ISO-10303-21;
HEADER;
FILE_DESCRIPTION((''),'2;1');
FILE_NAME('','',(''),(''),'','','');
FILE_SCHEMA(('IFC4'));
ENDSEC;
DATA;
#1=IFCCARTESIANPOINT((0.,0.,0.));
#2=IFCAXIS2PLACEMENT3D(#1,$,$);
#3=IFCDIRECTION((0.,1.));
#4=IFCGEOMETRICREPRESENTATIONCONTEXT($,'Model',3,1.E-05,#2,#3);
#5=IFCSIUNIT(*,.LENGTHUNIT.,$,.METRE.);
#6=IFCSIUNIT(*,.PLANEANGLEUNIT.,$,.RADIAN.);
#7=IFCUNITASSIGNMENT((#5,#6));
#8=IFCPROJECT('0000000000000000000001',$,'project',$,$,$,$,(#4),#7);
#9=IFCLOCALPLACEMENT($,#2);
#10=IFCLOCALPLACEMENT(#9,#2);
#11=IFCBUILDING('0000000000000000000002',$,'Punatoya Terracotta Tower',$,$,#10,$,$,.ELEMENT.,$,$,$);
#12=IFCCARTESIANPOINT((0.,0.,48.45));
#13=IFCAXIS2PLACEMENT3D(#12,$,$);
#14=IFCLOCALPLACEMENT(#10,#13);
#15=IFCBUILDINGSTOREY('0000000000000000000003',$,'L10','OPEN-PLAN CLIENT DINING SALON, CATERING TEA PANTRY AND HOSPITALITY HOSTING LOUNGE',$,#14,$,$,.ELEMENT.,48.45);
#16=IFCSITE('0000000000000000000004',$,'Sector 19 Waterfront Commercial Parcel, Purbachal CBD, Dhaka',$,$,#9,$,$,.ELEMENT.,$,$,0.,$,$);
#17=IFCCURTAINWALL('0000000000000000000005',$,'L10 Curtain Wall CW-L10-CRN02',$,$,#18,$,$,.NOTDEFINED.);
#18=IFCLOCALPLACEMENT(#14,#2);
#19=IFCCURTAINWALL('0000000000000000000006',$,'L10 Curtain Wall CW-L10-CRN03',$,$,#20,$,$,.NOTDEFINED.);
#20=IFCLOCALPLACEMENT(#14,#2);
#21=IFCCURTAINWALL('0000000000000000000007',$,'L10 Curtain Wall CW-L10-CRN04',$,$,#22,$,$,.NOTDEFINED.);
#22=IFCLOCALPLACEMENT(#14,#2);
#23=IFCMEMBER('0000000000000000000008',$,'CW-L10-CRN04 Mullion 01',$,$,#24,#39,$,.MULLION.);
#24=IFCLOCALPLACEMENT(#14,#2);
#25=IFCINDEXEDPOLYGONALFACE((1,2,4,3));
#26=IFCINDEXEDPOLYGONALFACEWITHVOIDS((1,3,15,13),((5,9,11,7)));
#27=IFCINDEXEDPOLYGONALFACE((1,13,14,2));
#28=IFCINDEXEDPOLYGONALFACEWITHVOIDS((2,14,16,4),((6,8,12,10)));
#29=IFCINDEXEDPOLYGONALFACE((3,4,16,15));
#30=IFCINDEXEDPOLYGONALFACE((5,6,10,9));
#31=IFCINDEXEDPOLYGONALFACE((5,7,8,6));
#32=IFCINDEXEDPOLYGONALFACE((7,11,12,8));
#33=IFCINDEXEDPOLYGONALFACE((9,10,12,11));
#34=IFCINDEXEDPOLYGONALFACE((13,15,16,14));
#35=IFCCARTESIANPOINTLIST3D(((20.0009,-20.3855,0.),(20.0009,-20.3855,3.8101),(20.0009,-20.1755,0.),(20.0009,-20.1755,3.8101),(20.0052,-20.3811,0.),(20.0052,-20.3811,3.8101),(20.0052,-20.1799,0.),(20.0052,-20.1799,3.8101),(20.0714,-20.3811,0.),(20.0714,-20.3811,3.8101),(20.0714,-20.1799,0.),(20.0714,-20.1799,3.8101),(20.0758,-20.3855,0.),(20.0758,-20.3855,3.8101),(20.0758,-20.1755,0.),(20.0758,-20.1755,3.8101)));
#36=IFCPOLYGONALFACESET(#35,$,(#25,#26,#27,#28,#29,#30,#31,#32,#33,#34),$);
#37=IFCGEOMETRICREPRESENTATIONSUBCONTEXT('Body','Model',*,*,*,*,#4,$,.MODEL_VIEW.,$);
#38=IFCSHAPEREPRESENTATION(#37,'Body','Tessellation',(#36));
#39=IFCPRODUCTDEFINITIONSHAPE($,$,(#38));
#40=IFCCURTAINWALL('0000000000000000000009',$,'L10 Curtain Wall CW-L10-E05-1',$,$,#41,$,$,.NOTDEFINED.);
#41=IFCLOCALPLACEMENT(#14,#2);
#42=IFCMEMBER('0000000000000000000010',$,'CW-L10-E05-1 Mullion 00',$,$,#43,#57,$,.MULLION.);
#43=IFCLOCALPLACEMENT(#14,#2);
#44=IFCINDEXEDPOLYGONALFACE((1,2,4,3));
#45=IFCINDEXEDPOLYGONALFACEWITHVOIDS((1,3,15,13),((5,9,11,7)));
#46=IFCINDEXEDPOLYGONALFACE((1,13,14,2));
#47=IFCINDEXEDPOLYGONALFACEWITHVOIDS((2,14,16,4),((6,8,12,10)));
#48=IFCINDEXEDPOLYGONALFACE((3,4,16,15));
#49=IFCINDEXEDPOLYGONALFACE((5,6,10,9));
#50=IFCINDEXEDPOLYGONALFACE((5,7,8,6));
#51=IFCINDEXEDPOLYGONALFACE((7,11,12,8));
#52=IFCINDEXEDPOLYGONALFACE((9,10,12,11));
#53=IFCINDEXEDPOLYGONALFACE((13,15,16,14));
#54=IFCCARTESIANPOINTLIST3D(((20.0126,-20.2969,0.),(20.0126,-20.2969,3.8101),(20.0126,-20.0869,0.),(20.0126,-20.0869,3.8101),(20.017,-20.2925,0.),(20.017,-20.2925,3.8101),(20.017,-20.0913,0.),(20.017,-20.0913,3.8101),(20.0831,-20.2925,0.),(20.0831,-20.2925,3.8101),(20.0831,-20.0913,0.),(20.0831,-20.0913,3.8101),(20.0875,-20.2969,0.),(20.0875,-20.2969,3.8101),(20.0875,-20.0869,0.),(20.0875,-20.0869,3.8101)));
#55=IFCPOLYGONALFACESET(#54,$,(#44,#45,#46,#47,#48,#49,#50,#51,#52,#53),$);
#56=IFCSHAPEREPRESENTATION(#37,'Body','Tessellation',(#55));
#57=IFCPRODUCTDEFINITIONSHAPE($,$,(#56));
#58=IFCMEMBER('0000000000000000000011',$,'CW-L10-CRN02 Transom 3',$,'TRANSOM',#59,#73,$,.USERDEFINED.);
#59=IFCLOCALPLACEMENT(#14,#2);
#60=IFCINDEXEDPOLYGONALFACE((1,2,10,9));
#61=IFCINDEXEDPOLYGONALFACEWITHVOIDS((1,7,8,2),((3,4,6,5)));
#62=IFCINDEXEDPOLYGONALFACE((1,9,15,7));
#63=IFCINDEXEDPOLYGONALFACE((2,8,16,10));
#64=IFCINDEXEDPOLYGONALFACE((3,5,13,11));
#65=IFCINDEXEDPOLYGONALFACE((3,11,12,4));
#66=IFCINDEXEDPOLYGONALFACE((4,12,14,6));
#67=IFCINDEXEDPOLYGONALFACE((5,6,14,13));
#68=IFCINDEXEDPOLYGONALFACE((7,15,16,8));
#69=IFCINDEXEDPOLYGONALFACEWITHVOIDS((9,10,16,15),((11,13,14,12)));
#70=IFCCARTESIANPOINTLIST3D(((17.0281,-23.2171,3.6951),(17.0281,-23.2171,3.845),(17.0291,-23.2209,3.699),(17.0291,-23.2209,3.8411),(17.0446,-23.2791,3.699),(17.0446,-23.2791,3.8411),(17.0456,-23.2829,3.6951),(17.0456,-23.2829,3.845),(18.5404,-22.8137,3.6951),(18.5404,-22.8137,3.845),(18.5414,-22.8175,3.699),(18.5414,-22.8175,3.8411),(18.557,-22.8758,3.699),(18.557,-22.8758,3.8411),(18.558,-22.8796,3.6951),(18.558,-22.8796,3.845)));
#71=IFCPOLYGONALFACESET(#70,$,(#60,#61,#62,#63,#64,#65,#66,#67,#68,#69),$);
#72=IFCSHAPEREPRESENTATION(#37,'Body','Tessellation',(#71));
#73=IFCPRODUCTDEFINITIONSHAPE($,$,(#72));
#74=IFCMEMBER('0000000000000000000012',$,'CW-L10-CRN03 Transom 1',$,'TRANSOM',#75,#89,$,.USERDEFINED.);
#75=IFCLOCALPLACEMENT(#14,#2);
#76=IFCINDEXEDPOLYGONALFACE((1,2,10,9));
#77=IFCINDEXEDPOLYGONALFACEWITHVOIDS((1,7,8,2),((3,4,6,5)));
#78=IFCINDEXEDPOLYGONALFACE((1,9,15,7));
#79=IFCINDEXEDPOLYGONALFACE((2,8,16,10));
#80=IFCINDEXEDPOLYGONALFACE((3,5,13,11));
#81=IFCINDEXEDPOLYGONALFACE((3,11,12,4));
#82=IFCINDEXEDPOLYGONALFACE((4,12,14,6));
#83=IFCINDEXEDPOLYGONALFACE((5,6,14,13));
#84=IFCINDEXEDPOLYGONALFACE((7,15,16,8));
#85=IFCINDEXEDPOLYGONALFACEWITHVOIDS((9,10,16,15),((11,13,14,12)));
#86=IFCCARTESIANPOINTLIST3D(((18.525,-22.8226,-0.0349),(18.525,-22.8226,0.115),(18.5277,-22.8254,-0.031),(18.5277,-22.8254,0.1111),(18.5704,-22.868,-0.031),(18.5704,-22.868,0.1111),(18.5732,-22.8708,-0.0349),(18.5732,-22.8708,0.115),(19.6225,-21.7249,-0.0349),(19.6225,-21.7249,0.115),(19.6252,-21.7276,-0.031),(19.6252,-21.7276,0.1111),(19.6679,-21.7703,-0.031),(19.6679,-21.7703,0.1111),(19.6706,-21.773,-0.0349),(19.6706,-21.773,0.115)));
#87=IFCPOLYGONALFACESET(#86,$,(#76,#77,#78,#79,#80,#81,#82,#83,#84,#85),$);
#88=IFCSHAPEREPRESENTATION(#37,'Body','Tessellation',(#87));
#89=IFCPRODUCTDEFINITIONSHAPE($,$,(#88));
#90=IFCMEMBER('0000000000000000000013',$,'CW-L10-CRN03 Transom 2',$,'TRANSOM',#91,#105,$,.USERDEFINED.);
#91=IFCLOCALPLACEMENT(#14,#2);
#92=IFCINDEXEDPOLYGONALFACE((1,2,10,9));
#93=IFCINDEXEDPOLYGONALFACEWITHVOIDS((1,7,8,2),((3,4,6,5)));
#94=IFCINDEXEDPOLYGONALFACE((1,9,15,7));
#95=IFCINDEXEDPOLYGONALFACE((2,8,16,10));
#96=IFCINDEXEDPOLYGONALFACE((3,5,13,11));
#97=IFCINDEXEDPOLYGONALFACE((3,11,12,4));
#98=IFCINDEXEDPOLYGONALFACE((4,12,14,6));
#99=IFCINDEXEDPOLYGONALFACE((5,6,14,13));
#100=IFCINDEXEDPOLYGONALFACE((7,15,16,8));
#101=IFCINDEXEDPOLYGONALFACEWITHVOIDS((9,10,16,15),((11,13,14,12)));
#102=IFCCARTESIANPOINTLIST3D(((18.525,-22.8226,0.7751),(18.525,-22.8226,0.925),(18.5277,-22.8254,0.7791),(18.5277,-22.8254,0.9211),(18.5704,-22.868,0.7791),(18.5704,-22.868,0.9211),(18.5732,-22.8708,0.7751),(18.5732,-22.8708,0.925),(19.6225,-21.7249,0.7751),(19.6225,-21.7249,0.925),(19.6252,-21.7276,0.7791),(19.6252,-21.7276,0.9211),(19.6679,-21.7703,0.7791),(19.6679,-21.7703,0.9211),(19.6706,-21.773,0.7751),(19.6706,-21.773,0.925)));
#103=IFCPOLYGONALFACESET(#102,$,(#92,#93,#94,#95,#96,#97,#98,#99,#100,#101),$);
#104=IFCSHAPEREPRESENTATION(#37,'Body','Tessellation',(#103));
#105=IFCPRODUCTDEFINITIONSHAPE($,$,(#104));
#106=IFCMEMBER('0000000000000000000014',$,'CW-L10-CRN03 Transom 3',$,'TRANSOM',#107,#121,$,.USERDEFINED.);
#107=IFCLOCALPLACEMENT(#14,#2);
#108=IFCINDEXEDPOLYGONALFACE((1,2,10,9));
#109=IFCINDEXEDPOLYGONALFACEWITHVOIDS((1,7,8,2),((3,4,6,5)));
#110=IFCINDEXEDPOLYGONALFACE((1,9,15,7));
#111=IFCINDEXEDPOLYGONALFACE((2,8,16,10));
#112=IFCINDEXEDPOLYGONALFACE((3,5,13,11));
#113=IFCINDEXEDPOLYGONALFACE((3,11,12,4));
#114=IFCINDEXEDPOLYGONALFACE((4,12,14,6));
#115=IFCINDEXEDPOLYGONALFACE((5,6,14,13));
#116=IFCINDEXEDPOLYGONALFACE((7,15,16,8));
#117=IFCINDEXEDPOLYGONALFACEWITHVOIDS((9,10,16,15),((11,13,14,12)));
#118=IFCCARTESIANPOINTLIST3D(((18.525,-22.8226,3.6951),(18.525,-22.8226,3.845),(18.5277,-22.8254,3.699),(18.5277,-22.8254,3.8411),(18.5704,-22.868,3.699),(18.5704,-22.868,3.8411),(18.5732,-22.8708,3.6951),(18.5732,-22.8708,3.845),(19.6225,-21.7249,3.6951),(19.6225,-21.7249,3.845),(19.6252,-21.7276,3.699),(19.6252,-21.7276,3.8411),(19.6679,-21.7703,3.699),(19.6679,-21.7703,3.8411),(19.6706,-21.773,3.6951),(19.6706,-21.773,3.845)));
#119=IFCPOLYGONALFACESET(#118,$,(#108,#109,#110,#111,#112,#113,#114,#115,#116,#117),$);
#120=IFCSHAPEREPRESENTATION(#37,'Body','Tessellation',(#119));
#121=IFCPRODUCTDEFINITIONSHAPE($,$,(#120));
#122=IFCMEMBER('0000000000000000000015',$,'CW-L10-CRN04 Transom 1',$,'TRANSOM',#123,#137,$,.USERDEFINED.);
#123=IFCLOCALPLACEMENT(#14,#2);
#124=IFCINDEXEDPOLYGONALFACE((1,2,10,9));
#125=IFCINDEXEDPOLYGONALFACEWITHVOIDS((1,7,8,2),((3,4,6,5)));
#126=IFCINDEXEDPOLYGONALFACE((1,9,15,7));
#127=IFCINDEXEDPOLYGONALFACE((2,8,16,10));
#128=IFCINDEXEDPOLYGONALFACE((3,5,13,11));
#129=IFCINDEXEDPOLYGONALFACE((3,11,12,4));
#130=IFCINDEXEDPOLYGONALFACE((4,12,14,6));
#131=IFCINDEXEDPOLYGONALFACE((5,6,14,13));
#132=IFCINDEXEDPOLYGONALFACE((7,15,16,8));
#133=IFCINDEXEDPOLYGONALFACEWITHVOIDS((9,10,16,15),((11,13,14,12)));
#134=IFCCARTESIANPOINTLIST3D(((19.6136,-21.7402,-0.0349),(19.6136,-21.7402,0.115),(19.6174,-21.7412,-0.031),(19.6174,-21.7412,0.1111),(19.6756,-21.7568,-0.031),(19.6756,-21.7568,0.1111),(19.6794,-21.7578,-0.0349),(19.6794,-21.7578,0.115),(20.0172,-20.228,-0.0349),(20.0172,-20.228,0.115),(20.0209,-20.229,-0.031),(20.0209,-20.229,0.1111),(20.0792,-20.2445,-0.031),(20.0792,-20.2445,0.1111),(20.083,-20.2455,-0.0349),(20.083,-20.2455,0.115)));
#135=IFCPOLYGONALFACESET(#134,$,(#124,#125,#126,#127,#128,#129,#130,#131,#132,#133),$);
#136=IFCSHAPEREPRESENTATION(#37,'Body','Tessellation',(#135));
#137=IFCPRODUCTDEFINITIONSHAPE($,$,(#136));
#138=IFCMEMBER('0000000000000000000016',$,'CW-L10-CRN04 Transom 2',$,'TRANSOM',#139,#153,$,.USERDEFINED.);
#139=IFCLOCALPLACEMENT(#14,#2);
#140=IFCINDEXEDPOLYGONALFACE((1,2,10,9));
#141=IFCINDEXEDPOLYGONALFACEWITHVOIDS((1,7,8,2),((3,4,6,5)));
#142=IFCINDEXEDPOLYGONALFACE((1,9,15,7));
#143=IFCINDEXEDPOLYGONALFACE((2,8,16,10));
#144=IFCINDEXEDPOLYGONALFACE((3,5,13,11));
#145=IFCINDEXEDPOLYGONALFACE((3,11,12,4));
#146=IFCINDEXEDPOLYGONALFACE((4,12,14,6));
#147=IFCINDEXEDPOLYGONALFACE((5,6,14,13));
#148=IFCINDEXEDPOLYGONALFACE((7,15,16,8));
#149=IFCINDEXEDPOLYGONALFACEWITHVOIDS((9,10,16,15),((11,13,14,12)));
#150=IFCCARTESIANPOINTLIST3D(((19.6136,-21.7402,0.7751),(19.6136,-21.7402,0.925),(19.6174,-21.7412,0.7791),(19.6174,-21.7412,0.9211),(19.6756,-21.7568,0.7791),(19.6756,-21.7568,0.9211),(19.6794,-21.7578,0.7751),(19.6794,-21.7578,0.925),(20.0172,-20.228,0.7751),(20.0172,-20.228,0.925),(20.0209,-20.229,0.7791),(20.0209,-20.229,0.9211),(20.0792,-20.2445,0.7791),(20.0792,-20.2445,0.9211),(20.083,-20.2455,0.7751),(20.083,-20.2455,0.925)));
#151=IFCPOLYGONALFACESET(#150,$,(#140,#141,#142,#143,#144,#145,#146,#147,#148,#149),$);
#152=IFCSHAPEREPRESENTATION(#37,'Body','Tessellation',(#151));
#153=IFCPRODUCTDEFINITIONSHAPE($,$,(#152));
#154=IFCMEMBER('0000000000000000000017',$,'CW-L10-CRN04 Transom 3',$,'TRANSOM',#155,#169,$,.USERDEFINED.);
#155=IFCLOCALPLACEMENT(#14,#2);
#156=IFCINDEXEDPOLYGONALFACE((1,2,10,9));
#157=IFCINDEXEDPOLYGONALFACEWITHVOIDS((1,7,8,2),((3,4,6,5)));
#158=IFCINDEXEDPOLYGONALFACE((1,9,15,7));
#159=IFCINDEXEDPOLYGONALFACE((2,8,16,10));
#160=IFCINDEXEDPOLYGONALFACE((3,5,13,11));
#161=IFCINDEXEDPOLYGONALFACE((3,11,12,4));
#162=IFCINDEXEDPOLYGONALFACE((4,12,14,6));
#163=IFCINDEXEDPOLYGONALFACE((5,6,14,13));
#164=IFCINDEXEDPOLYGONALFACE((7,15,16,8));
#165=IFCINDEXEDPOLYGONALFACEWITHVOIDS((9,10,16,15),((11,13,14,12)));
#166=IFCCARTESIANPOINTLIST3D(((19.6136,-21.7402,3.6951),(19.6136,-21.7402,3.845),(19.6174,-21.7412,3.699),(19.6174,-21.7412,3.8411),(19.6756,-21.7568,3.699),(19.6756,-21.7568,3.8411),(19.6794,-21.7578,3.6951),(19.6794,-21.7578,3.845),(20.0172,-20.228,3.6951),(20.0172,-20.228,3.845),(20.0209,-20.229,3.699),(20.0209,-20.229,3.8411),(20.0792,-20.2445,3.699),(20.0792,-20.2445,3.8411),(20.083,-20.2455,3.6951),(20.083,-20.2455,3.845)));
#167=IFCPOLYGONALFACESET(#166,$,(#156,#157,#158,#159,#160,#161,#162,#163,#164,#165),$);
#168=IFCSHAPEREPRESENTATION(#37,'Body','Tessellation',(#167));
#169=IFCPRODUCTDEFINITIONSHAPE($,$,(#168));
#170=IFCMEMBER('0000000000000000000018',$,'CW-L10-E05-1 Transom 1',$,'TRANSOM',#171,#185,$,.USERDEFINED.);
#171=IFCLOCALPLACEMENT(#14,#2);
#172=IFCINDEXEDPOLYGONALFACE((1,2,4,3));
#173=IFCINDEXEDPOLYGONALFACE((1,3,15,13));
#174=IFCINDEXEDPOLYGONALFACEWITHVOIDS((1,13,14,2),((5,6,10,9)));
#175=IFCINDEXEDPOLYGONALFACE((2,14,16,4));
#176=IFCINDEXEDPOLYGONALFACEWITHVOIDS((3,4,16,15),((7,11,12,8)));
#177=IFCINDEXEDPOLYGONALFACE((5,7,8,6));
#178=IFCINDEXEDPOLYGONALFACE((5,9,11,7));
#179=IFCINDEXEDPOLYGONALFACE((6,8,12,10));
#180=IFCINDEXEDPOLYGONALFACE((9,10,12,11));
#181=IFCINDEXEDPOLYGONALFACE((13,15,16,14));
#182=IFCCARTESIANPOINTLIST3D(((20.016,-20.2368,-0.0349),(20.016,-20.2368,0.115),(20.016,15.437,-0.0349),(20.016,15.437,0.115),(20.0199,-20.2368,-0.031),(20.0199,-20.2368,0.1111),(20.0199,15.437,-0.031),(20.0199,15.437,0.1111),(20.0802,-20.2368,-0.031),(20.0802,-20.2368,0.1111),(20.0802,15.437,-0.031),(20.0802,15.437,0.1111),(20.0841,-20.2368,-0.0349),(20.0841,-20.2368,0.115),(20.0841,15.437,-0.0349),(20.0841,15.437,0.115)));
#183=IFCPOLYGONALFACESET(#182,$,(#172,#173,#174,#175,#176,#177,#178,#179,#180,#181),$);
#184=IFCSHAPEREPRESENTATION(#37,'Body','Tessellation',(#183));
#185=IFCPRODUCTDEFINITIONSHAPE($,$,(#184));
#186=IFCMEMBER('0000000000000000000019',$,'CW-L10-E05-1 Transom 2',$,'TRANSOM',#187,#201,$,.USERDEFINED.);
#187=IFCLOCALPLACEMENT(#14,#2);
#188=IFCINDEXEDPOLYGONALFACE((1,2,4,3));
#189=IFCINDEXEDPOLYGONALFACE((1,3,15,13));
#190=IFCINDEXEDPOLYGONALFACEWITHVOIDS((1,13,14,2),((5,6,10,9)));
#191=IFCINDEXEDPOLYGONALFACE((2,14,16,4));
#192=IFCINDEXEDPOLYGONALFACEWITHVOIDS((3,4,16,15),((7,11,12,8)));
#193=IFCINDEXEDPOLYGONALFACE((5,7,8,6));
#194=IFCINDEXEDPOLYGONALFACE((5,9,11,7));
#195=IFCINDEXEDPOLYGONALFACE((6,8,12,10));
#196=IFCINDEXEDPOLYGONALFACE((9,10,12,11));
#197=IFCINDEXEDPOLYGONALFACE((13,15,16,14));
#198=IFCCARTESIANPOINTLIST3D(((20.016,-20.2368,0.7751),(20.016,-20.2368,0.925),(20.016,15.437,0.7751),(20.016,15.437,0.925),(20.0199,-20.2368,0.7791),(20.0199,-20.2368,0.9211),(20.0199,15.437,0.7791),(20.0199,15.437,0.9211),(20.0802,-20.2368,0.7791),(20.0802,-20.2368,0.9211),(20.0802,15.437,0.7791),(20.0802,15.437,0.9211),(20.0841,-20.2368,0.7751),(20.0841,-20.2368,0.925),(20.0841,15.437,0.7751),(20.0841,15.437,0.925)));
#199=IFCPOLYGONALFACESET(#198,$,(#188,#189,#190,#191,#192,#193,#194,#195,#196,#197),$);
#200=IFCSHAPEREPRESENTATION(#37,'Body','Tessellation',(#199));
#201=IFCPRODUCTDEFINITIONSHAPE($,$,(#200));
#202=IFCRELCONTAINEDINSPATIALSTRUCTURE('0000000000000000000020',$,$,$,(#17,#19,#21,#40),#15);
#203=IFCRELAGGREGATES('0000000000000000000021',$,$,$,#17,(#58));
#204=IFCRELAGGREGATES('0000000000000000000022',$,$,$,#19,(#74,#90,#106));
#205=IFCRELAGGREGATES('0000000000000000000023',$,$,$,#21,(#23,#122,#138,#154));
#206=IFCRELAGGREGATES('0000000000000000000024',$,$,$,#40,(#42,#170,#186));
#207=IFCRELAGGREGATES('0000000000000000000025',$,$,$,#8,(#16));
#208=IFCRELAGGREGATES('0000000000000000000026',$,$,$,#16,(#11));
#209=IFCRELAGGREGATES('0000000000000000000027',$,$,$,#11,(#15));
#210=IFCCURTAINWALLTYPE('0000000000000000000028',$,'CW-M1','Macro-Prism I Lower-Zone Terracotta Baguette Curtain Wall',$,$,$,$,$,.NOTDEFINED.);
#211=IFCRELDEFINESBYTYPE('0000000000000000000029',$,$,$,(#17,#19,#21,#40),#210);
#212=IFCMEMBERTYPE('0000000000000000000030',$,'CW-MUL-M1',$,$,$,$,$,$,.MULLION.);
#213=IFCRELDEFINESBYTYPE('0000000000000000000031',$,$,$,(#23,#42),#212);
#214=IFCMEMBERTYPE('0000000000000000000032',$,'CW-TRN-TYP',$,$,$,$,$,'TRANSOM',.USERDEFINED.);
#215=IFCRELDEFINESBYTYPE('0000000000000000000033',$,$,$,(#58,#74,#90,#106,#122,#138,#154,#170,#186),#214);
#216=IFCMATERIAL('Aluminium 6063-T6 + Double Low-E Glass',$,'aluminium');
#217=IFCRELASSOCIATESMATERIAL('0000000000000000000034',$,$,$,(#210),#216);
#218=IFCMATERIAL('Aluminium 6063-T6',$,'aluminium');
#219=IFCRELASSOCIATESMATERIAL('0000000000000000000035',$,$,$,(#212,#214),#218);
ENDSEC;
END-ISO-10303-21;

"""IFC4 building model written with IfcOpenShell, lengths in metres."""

from ifc_helpers import new_model, si_unit, direction, frame, origin, origin_2d, place, context, subcontext, project, spatial, hollow_rectangle, extrude, material, material_profile, profile_set, type_object, element, aggregate, save


model = new_model("IFC4")

# Units and contexts
model_context = context("Model", 3, precision=1e-05, world=origin(), true_north=direction((0.0, 1.0)))
body_context = subcontext(model_context, "Body", "Model", "MODEL_VIEW")
ifc_project = project(units=[si_unit("LENGTHUNIT", "METRE"), si_unit("PLANEANGLEUNIT", "RADIAN")], contexts=[model_context])

# Site, building, storey
site_placement = place(None, origin())
site = spatial("IfcSite", under=ifc_project, at=site_placement, Name="Sector 19 Waterfront Commercial Parcel, Purbachal CBD, Dhaka", CompositionType="ELEMENT", RefElevation=0.0)
building_placement = place(site_placement, origin())
building = spatial("IfcBuilding", under=site, at=building_placement, Name="Punatoya Terracotta Tower", CompositionType="ELEMENT")
storey_placement = place(building_placement, frame((0.0, 0.0, 48.45)))
storey = spatial("IfcBuildingStorey", under=building, at=storey_placement, Name="L10", Description="OPEN-PLAN CLIENT DINING SALON, CATERING TEA PANTRY AND HOSPITALITY HOSTING LOUNGE", CompositionType="ELEMENT", Elevation=48.45)

# Curtain walls, member
ifc_material_1 = material(Name="Aluminium 6063-T6 + Double Low-E Glass", Category="aluminium")
curtain_wall_type = type_object("IfcCurtainWallType", Name="CW-M1", Description="Macro-Prism I Lower-Zone Terracotta Baguette Curtain Wall", PredefinedType="NOTDEFINED", material=ifc_material_1)
curtain_wall_1_placement = place(storey_placement, origin())
curtain_wall_1 = element("IfcCurtainWall", 1, at=curtain_wall_1_placement, inside=storey, type_object=curtain_wall_type, Name="L10 Curtain Wall CW-L10-CRN02", PredefinedType="NOTDEFINED")
ifc_material_2 = material(Name="Aluminium 6063-T6", Category="aluminium")
ifc_material_profile_1 = material_profile(ifc_material_2, hollow_rectangle(XDim=0.075, YDim=0.21, WallThickness=0.0044, at=origin_2d()))
ifc_profile_set_1 = profile_set([ifc_material_profile_1], Name="Aluminium 6063-T6")
member_type_1 = type_object("IfcMemberType", Name="CW-MUL-M1", PredefinedType="MULLION", material=ifc_profile_set_1)
curtain_wall_2_placement = place(storey_placement, origin())
curtain_wall_2 = element("IfcCurtainWall", 2, at=curtain_wall_2_placement, inside=storey, type_object=curtain_wall_type, Name="L10 Curtain Wall CW-L10-CRN03", PredefinedType="NOTDEFINED")
curtain_wall_3_placement = place(storey_placement, origin())
curtain_wall_3 = element("IfcCurtainWall", 3, at=curtain_wall_3_placement, inside=storey, type_object=curtain_wall_type, Name="L10 Curtain Wall CW-L10-CRN04", PredefinedType="NOTDEFINED")
member_1_placement = place(storey_placement, frame((20.0383, -20.2805, 0.0), z_axis=(0.0, 0.0, 1.0), x_axis=(1.0, 0.0, 0.0)))
member_1 = element("IfcMember", 4, at=member_1_placement, type_object=member_type_1, Name="CW-L10-CRN04 Mullion 01", PredefinedType="MULLION", context=body_context, shape_type="SweptSolid", body=[
    extrude(hollow_rectangle(XDim=0.075, YDim=0.21, WallThickness=0.0044, at=origin_2d()), origin(), (0.0, 0.0, 1.0), 3.8101),
])

# Curtain wall, member
curtain_wall_4_placement = place(storey_placement, origin())
curtain_wall_4 = element("IfcCurtainWall", 5, at=curtain_wall_4_placement, inside=storey, type_object=curtain_wall_type, Name="L10 Curtain Wall CW-L10-E05-1", PredefinedType="NOTDEFINED")
member_2_placement = place(storey_placement, frame((20.05, -20.1919, 0.0), z_axis=(0.0, 0.0, 1.0), x_axis=(1.0, 0.0, 0.0)))
member_2 = element("IfcMember", 6, at=member_2_placement, type_object=member_type_1, Name="CW-L10-E05-1 Mullion 00", PredefinedType="MULLION", context=body_context, shape_type="SweptSolid", body=[
    extrude(hollow_rectangle(XDim=0.075, YDim=0.21, WallThickness=0.0044, at=origin_2d()), origin(), (0.0, 0.0, 1.0), 3.8101),
])

# Members
ifc_material_profile_2 = material_profile(ifc_material_2, hollow_rectangle(XDim=0.0681, YDim=0.1499, WallThickness=0.0039, at=origin_2d()))
ifc_profile_set_2 = profile_set([ifc_material_profile_2], Name="Aluminium 6063-T6")
member_type_2 = type_object("IfcMemberType", Name="CW-TRN-TYP", ElementType="TRANSOM", PredefinedType="USERDEFINED", material=ifc_profile_set_2)
member_3_placement = place(storey_placement, frame((17.0369, -23.25, 3.77), z_axis=(0.966225, 0.257701, 0.0), x_axis=(-0.257701, 0.966225, 0.0)))
member_3 = element("IfcMember", 7, at=member_3_placement, type_object=member_type_2, Name="CW-L10-CRN02 Transom 3", ObjectType="TRANSOM", PredefinedType="USERDEFINED", context=body_context, shape_type="SweptSolid", body=[
    extrude(hollow_rectangle(XDim=0.0681, YDim=0.1499, WallThickness=0.0039, at=origin_2d()), origin(), (0.0, 0.0, 1.0), 1.5652),
])
member_4_placement = place(storey_placement, frame((18.5491, -22.8467, 0.04), z_axis=(0.707028, 0.707185, 0.0), x_axis=(-0.707185, 0.707028, 0.0)))
member_4 = element("IfcMember", 8, at=member_4_placement, type_object=member_type_2, Name="CW-L10-CRN03 Transom 1", ObjectType="TRANSOM", PredefinedType="USERDEFINED", context=body_context, shape_type="SweptSolid", body=[
    extrude(hollow_rectangle(XDim=0.0681, YDim=0.1499, WallThickness=0.0039, at=origin_2d()), origin(), (0.0, 0.0, 1.0), 1.5522),
])
member_5_placement = place(storey_placement, frame((18.5491, -22.8467, 0.8501), z_axis=(0.707028, 0.707185, 0.0), x_axis=(-0.707185, 0.707028, 0.0)))
member_5 = element("IfcMember", 9, at=member_5_placement, type_object=member_type_2, Name="CW-L10-CRN03 Transom 2", ObjectType="TRANSOM", PredefinedType="USERDEFINED", context=body_context, shape_type="SweptSolid", body=[
    extrude(hollow_rectangle(XDim=0.0681, YDim=0.1499, WallThickness=0.0039, at=origin_2d()), origin(), (0.0, 0.0, 1.0), 1.5522),
])
member_6_placement = place(storey_placement, frame((18.5491, -22.8467, 3.77), z_axis=(0.707028, 0.707185, 0.0), x_axis=(-0.707185, 0.707028, 0.0)))
member_6 = element("IfcMember", 10, at=member_6_placement, type_object=member_type_2, Name="CW-L10-CRN03 Transom 3", ObjectType="TRANSOM", PredefinedType="USERDEFINED", context=body_context, shape_type="SweptSolid", body=[
    extrude(hollow_rectangle(XDim=0.0681, YDim=0.1499, WallThickness=0.0039, at=origin_2d()), origin(), (0.0, 0.0, 1.0), 1.5522),
])
member_7_placement = place(storey_placement, frame((19.6465, -21.749, 0.04), z_axis=(0.257847, 0.966186, 0.0), x_axis=(-0.966186, 0.257847, 0.0)))
member_7 = element("IfcMember", 11, at=member_7_placement, type_object=member_type_2, Name="CW-L10-CRN04 Transom 1", ObjectType="TRANSOM", PredefinedType="USERDEFINED", context=body_context, shape_type="SweptSolid", body=[
    extrude(hollow_rectangle(XDim=0.0681, YDim=0.1499, WallThickness=0.0039, at=origin_2d()), origin(), (0.0, 0.0, 1.0), 1.5652),
])
member_8_placement = place(storey_placement, frame((19.6465, -21.749, 0.8501), z_axis=(0.257847, 0.966186, 0.0), x_axis=(-0.966186, 0.257847, 0.0)))
member_8 = element("IfcMember", 12, at=member_8_placement, type_object=member_type_2, Name="CW-L10-CRN04 Transom 2", ObjectType="TRANSOM", PredefinedType="USERDEFINED", context=body_context, shape_type="SweptSolid", body=[
    extrude(hollow_rectangle(XDim=0.0681, YDim=0.1499, WallThickness=0.0039, at=origin_2d()), origin(), (0.0, 0.0, 1.0), 1.5652),
])
member_9_placement = place(storey_placement, frame((19.6465, -21.749, 3.77), z_axis=(0.257847, 0.966186, 0.0), x_axis=(-0.966186, 0.257847, 0.0)))
member_9 = element("IfcMember", 13, at=member_9_placement, type_object=member_type_2, Name="CW-L10-CRN04 Transom 3", ObjectType="TRANSOM", PredefinedType="USERDEFINED", context=body_context, shape_type="SweptSolid", body=[
    extrude(hollow_rectangle(XDim=0.0681, YDim=0.1499, WallThickness=0.0039, at=origin_2d()), origin(), (0.0, 0.0, 1.0), 1.5652),
])
member_10_placement = place(storey_placement, frame((20.05, -20.2368, 0.04), z_axis=(0.0, 1.0, 0.0), x_axis=(-1.0, 0.0, 0.0)))
member_10 = element("IfcMember", 14, at=member_10_placement, type_object=member_type_2, Name="CW-L10-E05-1 Transom 1", ObjectType="TRANSOM", PredefinedType="USERDEFINED", context=body_context, shape_type="SweptSolid", body=[
    extrude(hollow_rectangle(XDim=0.0681, YDim=0.1499, WallThickness=0.0039, at=origin_2d()), origin(), (0.0, 0.0, 1.0), 35.6738),
])
member_11_placement = place(storey_placement, frame((20.05, -20.2368, 0.8501), z_axis=(0.0, 1.0, 0.0), x_axis=(-1.0, 0.0, 0.0)))
member_11 = element("IfcMember", 15, at=member_11_placement, type_object=member_type_2, Name="CW-L10-E05-1 Transom 2", ObjectType="TRANSOM", PredefinedType="USERDEFINED", context=body_context, shape_type="SweptSolid", body=[
    extrude(hollow_rectangle(XDim=0.0681, YDim=0.1499, WallThickness=0.0039, at=origin_2d()), origin(), (0.0, 0.0, 1.0), 35.6738),
])

aggregate(curtain_wall_1, [member_3])
aggregate(curtain_wall_2, [member_4, member_5, member_6])
aggregate(curtain_wall_3, [member_1, member_7, member_8, member_9])
aggregate(curtain_wall_4, [member_2, member_10, member_11])

save(model, "model.ifc")
